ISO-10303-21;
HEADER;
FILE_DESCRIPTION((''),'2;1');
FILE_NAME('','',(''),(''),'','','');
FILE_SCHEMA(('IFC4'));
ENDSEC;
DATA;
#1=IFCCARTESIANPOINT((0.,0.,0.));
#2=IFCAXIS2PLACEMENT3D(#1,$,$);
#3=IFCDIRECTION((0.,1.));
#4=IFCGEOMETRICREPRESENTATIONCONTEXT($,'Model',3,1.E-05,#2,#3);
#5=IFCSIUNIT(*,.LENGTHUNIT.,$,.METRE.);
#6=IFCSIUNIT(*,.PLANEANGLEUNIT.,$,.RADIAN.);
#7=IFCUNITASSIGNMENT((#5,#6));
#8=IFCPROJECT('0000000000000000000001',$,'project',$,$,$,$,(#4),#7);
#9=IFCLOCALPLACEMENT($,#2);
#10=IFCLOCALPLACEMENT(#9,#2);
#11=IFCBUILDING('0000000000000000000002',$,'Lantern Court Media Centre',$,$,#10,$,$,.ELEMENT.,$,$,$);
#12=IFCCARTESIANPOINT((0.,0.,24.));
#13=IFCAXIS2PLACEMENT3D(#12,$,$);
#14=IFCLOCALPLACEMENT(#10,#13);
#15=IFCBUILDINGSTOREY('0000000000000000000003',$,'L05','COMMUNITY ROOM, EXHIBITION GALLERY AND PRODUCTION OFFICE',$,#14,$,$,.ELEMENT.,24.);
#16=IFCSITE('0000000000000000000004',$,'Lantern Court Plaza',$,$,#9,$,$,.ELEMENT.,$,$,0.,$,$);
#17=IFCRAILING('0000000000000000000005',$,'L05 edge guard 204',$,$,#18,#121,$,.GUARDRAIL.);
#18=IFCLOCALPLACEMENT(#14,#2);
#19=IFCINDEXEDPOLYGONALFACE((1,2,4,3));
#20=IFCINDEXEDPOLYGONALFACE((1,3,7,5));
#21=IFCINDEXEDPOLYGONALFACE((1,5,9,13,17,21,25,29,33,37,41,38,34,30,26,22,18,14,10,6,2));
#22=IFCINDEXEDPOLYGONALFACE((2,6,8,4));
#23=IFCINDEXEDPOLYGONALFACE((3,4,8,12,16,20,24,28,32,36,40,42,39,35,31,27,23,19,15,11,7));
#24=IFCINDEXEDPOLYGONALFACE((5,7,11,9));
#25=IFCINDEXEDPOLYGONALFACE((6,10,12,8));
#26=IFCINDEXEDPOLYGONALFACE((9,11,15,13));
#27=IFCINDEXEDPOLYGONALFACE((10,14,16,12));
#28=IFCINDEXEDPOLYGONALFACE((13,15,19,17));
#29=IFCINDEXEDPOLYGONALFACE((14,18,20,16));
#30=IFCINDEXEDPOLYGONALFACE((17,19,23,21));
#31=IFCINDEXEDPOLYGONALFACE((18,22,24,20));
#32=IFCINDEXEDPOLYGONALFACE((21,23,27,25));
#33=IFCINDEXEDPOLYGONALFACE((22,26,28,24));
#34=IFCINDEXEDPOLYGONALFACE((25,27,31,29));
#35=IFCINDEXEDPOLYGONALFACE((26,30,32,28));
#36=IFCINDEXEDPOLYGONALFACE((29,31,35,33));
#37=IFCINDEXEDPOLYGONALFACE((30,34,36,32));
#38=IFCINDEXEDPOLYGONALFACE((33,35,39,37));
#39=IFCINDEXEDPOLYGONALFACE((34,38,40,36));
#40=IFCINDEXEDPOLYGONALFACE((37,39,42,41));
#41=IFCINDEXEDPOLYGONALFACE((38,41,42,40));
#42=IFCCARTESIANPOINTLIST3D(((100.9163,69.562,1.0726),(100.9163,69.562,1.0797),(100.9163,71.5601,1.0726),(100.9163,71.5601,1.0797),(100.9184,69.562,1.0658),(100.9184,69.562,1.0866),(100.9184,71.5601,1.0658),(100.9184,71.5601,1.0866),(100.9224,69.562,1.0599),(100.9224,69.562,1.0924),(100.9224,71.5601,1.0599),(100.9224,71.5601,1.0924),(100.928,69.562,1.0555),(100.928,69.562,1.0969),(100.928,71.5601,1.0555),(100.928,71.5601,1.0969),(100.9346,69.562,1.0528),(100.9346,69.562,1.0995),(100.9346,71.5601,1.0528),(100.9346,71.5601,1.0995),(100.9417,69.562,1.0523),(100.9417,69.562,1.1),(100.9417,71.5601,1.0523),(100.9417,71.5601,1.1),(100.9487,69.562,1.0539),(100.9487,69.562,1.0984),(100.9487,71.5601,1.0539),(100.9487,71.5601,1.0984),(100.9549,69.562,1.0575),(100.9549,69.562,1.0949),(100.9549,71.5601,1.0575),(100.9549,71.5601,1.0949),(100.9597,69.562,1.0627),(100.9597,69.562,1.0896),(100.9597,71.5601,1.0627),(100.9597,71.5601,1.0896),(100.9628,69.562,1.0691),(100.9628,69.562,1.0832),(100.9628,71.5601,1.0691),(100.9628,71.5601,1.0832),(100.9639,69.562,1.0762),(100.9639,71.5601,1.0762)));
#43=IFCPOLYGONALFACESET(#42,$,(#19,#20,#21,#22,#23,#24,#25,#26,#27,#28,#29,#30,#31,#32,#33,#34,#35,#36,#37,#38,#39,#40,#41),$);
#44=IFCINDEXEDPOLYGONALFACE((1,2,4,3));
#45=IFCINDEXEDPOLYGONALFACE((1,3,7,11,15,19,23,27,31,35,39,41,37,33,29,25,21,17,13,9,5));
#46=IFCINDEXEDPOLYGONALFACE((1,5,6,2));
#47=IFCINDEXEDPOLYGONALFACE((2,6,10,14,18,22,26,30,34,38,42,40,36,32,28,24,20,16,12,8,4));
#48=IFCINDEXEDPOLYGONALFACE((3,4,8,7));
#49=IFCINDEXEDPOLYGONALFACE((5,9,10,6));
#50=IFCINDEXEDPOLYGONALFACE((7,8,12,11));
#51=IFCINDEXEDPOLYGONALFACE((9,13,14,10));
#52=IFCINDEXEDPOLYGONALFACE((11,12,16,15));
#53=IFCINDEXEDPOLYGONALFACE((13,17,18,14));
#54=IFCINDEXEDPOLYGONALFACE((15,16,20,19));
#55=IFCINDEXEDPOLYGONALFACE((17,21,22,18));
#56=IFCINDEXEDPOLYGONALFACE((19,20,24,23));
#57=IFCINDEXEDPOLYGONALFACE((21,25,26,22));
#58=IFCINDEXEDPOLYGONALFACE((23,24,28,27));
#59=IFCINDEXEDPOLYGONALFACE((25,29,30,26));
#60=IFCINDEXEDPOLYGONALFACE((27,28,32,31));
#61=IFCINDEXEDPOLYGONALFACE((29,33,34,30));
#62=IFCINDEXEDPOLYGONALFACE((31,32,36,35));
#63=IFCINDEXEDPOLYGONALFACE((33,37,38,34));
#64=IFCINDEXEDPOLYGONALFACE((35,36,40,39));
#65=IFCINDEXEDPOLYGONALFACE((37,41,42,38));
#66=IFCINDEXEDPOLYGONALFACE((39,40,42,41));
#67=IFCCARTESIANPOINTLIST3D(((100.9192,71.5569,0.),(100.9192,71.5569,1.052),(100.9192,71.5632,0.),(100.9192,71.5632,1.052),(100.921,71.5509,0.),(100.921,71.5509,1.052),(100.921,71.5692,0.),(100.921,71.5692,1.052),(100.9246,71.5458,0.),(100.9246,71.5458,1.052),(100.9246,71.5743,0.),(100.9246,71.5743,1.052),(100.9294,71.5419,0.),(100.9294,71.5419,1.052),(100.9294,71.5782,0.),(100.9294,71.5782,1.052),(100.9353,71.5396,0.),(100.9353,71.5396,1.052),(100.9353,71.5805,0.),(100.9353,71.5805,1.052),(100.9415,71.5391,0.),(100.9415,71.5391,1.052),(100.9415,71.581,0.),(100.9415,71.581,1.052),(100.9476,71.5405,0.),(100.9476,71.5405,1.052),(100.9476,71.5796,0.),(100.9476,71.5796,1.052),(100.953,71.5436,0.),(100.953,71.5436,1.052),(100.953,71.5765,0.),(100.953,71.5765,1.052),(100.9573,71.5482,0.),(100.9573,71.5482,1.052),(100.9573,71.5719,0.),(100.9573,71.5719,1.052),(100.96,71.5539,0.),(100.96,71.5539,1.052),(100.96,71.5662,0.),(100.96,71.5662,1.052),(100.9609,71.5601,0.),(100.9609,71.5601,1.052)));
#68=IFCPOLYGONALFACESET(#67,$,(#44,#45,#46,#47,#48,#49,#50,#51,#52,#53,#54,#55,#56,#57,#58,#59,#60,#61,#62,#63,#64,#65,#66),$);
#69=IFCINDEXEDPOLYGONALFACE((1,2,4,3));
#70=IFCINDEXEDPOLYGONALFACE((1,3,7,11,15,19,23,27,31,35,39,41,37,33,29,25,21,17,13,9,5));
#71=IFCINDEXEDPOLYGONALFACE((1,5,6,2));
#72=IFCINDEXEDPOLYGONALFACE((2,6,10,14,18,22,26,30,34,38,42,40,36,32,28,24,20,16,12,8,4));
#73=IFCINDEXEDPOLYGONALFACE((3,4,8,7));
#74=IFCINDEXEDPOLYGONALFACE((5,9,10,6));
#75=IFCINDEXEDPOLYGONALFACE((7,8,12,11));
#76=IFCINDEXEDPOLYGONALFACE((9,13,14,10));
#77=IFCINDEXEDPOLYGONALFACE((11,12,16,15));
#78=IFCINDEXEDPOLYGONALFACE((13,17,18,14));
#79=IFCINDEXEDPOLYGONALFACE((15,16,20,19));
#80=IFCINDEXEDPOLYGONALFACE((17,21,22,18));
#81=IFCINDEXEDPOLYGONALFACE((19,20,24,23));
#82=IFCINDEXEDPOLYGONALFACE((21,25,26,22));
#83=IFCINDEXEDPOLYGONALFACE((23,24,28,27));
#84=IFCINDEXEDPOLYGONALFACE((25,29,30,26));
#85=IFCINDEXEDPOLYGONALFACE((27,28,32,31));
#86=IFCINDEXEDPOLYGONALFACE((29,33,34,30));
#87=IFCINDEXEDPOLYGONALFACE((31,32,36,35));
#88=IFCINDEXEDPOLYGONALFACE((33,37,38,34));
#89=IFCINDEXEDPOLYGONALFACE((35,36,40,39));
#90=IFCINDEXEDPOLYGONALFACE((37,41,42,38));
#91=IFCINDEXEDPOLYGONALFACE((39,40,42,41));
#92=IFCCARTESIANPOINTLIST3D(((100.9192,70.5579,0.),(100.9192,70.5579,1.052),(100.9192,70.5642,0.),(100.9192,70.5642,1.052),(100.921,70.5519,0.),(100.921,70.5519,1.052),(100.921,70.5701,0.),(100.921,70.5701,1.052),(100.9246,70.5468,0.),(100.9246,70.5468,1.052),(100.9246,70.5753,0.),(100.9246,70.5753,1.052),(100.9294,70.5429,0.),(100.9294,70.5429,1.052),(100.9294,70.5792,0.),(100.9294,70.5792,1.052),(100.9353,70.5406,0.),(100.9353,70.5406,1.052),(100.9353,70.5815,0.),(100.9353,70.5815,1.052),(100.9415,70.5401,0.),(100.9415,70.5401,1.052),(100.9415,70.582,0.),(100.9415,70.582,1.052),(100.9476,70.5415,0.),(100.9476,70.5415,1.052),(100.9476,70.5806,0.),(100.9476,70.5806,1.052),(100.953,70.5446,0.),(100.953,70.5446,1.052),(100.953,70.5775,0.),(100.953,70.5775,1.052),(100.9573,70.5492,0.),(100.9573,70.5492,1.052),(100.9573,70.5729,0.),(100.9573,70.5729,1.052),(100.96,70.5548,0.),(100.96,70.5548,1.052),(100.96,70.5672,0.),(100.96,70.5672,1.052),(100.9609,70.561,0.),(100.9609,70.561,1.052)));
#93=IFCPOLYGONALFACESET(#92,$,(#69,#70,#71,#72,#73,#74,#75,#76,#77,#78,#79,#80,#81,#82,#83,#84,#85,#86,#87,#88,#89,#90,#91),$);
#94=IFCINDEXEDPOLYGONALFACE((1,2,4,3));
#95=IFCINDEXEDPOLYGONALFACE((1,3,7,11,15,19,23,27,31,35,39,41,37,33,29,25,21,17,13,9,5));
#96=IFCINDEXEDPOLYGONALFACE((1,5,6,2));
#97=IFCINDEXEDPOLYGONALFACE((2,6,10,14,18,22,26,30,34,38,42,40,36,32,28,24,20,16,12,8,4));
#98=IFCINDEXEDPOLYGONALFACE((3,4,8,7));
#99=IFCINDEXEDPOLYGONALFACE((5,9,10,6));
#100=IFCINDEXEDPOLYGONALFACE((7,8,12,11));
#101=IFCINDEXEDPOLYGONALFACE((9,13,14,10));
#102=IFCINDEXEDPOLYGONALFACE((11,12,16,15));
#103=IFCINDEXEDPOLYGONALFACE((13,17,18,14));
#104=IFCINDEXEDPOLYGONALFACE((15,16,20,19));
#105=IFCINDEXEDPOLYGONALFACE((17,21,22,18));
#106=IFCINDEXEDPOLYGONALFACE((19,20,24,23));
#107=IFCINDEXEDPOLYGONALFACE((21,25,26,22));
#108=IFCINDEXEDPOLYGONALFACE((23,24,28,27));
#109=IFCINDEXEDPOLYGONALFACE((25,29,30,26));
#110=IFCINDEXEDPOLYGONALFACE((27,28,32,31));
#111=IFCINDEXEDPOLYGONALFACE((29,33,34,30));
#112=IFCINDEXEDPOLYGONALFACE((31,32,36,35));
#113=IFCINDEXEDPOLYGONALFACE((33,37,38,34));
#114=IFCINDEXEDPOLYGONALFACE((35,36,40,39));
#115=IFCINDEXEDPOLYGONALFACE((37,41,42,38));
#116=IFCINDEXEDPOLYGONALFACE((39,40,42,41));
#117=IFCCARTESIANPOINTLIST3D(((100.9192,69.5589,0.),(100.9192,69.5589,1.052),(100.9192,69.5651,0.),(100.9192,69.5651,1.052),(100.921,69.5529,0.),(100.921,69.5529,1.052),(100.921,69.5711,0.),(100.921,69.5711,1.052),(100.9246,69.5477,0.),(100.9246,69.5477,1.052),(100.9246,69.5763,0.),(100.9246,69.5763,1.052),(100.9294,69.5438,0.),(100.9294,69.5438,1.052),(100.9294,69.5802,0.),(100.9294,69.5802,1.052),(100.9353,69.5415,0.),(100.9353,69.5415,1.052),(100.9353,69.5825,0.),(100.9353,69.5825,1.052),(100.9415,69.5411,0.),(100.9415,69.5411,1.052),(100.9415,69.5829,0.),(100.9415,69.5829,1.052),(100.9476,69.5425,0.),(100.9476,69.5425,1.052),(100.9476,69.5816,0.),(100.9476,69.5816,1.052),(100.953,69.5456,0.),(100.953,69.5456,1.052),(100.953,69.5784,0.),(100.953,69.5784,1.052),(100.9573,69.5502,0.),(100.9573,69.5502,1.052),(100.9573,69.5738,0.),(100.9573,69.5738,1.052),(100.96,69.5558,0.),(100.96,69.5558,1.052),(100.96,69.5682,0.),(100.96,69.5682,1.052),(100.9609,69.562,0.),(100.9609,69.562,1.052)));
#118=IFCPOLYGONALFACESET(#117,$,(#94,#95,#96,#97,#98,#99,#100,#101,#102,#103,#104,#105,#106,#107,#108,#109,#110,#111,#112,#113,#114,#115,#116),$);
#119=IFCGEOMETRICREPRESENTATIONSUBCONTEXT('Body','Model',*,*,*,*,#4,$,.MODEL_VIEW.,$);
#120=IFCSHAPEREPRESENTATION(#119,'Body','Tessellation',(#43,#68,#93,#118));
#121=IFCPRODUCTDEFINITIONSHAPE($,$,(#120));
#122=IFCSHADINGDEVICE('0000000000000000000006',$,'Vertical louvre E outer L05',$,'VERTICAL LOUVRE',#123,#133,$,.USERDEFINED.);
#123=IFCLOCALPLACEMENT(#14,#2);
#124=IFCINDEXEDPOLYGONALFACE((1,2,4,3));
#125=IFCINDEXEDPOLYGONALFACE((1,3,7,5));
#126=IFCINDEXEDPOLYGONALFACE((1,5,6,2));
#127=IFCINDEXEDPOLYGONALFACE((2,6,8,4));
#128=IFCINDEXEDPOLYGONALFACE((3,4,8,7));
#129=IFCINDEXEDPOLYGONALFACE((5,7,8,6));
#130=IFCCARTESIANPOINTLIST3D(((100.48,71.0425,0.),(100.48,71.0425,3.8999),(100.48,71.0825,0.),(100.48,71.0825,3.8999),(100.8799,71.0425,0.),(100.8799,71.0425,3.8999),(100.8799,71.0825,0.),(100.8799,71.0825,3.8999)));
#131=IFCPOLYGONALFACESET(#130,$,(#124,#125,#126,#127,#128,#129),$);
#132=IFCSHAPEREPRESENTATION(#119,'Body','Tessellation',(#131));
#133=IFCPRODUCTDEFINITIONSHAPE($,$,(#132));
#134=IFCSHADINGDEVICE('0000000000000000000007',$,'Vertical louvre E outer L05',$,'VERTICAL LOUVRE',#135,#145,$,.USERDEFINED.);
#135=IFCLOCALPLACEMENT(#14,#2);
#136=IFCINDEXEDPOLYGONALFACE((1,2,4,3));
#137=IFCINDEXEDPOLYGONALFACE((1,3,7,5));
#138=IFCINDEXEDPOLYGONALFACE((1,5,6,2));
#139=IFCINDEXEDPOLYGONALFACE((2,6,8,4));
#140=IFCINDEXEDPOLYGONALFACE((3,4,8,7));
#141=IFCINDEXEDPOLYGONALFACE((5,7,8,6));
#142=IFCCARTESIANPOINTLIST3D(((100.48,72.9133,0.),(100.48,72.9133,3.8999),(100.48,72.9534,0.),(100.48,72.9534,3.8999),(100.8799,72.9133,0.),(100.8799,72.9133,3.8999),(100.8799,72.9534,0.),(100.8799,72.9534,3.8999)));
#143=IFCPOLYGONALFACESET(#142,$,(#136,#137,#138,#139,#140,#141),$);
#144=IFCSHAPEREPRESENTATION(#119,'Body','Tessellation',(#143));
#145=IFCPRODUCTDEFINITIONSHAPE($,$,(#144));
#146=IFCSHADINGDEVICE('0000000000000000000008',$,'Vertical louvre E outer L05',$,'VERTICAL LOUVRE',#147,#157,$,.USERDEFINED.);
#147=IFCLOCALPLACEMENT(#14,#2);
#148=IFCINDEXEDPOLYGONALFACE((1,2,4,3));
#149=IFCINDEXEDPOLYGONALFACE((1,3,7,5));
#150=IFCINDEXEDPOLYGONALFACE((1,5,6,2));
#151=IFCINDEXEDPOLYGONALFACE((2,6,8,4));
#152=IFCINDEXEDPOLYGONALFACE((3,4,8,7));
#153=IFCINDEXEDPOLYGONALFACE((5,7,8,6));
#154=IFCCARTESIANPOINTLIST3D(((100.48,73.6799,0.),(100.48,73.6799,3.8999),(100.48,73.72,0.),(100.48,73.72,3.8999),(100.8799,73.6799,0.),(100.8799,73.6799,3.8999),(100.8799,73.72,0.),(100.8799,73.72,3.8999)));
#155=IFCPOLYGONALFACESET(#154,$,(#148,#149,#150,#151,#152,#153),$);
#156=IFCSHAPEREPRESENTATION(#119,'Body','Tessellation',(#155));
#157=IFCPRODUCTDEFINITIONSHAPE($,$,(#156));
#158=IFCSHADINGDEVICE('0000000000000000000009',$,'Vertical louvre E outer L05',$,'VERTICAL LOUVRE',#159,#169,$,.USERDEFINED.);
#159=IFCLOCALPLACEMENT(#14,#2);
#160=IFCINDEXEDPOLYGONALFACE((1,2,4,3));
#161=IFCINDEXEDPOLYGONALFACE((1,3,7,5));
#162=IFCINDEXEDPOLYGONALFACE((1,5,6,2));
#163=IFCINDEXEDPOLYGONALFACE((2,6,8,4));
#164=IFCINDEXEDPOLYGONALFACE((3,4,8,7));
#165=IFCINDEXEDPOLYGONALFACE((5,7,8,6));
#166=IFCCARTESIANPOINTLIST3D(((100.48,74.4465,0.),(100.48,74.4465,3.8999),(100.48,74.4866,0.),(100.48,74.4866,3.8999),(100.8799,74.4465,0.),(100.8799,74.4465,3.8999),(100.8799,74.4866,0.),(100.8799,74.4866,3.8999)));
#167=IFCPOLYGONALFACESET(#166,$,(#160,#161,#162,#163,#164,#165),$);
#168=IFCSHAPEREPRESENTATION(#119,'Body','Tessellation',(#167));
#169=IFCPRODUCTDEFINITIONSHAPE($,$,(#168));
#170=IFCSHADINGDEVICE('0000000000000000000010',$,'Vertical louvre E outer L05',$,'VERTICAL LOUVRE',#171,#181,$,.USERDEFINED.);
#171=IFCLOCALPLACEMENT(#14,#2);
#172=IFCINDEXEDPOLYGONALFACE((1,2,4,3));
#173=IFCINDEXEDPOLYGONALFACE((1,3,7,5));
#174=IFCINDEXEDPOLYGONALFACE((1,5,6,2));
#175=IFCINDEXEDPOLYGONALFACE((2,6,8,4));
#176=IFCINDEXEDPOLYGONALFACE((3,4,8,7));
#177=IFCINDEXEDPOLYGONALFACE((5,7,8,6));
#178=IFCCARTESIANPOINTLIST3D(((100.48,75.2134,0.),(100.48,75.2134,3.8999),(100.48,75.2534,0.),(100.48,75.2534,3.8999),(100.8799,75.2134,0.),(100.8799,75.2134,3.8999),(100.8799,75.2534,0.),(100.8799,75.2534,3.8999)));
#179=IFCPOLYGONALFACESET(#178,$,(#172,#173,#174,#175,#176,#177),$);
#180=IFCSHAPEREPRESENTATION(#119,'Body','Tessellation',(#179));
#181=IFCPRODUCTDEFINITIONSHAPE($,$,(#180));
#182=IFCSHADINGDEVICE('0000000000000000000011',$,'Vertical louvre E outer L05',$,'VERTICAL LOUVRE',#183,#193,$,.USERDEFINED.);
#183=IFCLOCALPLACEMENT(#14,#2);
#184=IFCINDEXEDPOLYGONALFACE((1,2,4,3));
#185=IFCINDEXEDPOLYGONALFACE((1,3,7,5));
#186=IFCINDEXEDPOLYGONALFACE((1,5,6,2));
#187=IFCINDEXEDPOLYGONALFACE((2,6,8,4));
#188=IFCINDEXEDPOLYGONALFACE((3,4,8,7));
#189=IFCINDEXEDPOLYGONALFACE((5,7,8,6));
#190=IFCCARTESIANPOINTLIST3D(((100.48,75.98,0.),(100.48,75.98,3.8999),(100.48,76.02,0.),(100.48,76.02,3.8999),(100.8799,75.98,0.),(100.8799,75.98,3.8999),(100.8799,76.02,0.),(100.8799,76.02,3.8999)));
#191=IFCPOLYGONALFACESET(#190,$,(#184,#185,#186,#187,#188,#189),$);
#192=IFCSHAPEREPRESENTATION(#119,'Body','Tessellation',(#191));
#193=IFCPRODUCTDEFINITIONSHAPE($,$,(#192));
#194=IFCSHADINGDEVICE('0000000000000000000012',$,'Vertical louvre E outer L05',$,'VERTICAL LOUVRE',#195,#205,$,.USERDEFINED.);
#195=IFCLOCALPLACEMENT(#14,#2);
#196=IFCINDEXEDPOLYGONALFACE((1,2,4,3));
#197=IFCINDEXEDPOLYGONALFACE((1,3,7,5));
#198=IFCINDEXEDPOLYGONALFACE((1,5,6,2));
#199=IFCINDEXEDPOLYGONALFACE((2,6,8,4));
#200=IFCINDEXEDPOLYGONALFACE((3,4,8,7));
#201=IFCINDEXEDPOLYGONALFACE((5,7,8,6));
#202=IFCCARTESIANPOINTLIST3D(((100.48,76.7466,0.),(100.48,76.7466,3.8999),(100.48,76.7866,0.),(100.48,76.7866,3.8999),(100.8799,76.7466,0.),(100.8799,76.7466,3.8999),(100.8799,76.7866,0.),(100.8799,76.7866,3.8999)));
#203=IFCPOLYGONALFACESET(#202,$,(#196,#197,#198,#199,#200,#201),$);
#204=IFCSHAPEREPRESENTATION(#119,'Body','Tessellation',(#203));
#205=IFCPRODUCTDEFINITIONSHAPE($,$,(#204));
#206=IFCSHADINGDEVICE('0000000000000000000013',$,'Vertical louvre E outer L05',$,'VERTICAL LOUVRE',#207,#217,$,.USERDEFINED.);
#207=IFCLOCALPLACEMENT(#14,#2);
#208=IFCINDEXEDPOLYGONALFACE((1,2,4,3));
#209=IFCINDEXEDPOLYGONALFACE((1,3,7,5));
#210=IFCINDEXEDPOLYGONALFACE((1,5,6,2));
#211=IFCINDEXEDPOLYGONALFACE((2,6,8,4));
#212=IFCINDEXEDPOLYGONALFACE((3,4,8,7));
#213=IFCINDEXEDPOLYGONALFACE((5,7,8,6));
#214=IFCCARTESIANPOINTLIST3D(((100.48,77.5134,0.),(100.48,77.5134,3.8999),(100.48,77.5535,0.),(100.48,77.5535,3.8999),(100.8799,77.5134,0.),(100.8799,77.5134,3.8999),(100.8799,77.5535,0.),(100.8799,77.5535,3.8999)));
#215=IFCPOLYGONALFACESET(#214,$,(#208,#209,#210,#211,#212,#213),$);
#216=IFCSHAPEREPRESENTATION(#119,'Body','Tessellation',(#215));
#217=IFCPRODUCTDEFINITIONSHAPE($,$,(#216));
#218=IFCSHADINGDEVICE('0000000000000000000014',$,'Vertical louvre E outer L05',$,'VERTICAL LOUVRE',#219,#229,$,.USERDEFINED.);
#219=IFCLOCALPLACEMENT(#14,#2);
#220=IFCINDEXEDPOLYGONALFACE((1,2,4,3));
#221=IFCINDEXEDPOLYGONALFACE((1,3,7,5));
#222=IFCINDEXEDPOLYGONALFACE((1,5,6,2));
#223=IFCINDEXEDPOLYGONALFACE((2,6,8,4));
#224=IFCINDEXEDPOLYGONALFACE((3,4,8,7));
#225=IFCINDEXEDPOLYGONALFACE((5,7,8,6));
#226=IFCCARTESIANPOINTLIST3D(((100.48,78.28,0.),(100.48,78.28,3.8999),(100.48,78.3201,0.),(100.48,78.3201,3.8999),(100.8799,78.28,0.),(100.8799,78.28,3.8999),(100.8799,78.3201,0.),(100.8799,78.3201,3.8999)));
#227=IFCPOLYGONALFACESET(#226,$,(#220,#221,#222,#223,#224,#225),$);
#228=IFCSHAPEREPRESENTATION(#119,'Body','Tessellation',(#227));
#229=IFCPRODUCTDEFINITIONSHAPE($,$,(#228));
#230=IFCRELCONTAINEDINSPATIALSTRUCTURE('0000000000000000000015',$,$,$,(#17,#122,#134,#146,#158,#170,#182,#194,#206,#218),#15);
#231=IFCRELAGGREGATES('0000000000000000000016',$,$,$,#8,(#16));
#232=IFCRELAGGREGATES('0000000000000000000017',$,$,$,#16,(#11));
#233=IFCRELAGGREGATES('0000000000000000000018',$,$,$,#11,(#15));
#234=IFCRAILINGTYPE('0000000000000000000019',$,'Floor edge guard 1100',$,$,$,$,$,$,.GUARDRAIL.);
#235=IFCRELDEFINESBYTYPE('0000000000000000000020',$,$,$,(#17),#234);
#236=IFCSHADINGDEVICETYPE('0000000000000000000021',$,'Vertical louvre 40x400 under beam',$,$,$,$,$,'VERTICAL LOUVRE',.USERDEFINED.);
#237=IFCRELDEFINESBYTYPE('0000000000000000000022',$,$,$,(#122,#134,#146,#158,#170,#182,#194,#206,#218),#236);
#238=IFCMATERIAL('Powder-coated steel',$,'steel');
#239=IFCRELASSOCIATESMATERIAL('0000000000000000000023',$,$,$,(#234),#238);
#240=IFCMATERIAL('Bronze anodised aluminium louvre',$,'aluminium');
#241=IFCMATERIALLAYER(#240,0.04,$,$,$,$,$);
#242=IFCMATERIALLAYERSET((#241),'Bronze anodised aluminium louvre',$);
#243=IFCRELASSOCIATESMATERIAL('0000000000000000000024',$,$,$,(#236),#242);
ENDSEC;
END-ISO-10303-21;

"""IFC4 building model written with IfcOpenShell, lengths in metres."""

from ifc_helpers import new_model, si_unit, direction, frame, origin, origin_2d, place, context, subcontext, project, spatial, rectangle, circle, extrude, material, layer, layer_set, type_object, element, save


model = new_model("IFC4")

# Units and contexts
model_context = context("Model", 3, precision=1e-05, world=origin(), true_north=direction((0.0, 1.0)))
body_context = subcontext(model_context, "Body", "Model", "MODEL_VIEW")
ifc_project = project(units=[si_unit("LENGTHUNIT", "METRE"), si_unit("PLANEANGLEUNIT", "RADIAN")], contexts=[model_context])

# Site, building, storey
site_placement = place(None, origin())
site = spatial("IfcSite", under=ifc_project, at=site_placement, Name="Lantern Court Plaza", CompositionType="ELEMENT", RefElevation=0.0)
building_placement = place(site_placement, origin())
building = spatial("IfcBuilding", under=site, at=building_placement, Name="Lantern Court Media Centre", CompositionType="ELEMENT")
storey_placement = place(building_placement, frame((0.0, 0.0, 24.0)))
storey = spatial("IfcBuildingStorey", under=building, at=storey_placement, Name="L05", Description="COMMUNITY ROOM, EXHIBITION GALLERY AND PRODUCTION OFFICE", CompositionType="ELEMENT", Elevation=24.0)

# Railing
ifc_material_1 = material(Name="Powder-coated steel", Category="steel")
railing_type = type_object("IfcRailingType", Name="Floor edge guard 1100", PredefinedType="GUARDRAIL", material=ifc_material_1)
railing_1_placement = place(storey_placement, frame((100.9399, 71.5601, 0.0)))
element("IfcRailing", 1, at=railing_1_placement, inside=storey, type_object=railing_type, Name="L05 edge guard 204", PredefinedType="GUARDRAIL", context=body_context, shape_type="SweptSolid", body=[
    extrude(circle(Radius=0.0239, at=origin_2d()), frame((0.0, 0.0, 1.0762), z_axis=(0.0, -1.0, 0.0), x_axis=(1.0, 0.0, 0.0)), (0.0, 0.0, 1.0), 1.998),
    extrude(circle(Radius=0.021, at=origin_2d()), origin(), (0.0, 0.0, 1.0), 1.052),
    extrude(circle(Radius=0.021, at=origin_2d()), frame((0.0, -0.999, 0.0)), (0.0, 0.0, 1.0), 1.052),
    extrude(circle(Radius=0.021, at=origin_2d()), frame((0.0, -1.998, 0.0)), (0.0, 0.0, 1.0), 1.052),
])

# Shading devices
ifc_material_2 = material(Name="Bronze anodised aluminium louvre", Category="aluminium")
ifc_layer_1 = layer(ifc_material_2, 0.04)
ifc_layer_set_1 = layer_set([ifc_layer_1], Name="Bronze anodised aluminium louvre")
shading_device_type = type_object("IfcShadingDeviceType", Name="Vertical louvre 40x400 under beam", ElementType="VERTICAL LOUVRE", PredefinedType="USERDEFINED", material=ifc_layer_set_1)
for number, where, z_axis, x_axis, name in (
    (2, (100.6799, 71.0625, 0.0), (0.0, 0.0, 1.0), (1.0, 0.0, 0.0), "Vertical louvre E outer L05"),
    (3, (100.6799, 72.9333, 0.0), (0.0, 0.0, 1.0), (1.0, 0.0, 0.0), "Vertical louvre E outer L05"),
    (4, (100.6799, 73.7, 0.0), (0.0, 0.0, 1.0), (1.0, 0.0, 0.0), "Vertical louvre E outer L05"),
    (5, (100.6799, 74.4666, 0.0), (0.0, 0.0, 1.0), (1.0, 0.0, 0.0), "Vertical louvre E outer L05"),
    (6, (100.6799, 75.2334, 0.0), (0.0, 0.0, 1.0), (1.0, 0.0, 0.0), "Vertical louvre E outer L05"),
    (7, (100.6799, 76.0, 0.0), (0.0, 0.0, 1.0), (1.0, 0.0, 0.0), "Vertical louvre E outer L05"),
    (8, (100.6799, 76.7666, 0.0), (0.0, 0.0, 1.0), (1.0, 0.0, 0.0), "Vertical louvre E outer L05"),
    (9, (100.6799, 77.5334, 0.0), (0.0, 0.0, 1.0), (1.0, 0.0, 0.0), "Vertical louvre E outer L05"),
    (10, (100.6799, 78.3, 0.0), (0.0, 0.0, 1.0), (1.0, 0.0, 0.0), "Vertical louvre E outer L05"),
):
    element("IfcShadingDevice", number, at=place(storey_placement, frame(where, z_axis=z_axis, x_axis=x_axis)), inside=storey, type_object=shading_device_type, Name=name, ObjectType="VERTICAL LOUVRE", PredefinedType="USERDEFINED", context=body_context, shape_type="SweptSolid", body=[
        extrude(rectangle(XDim=0.3999, YDim=0.04, at=origin_2d()), origin(), (0.0, 0.0, 1.0), 3.8999),
    ])

save(model, "model.ifc")
